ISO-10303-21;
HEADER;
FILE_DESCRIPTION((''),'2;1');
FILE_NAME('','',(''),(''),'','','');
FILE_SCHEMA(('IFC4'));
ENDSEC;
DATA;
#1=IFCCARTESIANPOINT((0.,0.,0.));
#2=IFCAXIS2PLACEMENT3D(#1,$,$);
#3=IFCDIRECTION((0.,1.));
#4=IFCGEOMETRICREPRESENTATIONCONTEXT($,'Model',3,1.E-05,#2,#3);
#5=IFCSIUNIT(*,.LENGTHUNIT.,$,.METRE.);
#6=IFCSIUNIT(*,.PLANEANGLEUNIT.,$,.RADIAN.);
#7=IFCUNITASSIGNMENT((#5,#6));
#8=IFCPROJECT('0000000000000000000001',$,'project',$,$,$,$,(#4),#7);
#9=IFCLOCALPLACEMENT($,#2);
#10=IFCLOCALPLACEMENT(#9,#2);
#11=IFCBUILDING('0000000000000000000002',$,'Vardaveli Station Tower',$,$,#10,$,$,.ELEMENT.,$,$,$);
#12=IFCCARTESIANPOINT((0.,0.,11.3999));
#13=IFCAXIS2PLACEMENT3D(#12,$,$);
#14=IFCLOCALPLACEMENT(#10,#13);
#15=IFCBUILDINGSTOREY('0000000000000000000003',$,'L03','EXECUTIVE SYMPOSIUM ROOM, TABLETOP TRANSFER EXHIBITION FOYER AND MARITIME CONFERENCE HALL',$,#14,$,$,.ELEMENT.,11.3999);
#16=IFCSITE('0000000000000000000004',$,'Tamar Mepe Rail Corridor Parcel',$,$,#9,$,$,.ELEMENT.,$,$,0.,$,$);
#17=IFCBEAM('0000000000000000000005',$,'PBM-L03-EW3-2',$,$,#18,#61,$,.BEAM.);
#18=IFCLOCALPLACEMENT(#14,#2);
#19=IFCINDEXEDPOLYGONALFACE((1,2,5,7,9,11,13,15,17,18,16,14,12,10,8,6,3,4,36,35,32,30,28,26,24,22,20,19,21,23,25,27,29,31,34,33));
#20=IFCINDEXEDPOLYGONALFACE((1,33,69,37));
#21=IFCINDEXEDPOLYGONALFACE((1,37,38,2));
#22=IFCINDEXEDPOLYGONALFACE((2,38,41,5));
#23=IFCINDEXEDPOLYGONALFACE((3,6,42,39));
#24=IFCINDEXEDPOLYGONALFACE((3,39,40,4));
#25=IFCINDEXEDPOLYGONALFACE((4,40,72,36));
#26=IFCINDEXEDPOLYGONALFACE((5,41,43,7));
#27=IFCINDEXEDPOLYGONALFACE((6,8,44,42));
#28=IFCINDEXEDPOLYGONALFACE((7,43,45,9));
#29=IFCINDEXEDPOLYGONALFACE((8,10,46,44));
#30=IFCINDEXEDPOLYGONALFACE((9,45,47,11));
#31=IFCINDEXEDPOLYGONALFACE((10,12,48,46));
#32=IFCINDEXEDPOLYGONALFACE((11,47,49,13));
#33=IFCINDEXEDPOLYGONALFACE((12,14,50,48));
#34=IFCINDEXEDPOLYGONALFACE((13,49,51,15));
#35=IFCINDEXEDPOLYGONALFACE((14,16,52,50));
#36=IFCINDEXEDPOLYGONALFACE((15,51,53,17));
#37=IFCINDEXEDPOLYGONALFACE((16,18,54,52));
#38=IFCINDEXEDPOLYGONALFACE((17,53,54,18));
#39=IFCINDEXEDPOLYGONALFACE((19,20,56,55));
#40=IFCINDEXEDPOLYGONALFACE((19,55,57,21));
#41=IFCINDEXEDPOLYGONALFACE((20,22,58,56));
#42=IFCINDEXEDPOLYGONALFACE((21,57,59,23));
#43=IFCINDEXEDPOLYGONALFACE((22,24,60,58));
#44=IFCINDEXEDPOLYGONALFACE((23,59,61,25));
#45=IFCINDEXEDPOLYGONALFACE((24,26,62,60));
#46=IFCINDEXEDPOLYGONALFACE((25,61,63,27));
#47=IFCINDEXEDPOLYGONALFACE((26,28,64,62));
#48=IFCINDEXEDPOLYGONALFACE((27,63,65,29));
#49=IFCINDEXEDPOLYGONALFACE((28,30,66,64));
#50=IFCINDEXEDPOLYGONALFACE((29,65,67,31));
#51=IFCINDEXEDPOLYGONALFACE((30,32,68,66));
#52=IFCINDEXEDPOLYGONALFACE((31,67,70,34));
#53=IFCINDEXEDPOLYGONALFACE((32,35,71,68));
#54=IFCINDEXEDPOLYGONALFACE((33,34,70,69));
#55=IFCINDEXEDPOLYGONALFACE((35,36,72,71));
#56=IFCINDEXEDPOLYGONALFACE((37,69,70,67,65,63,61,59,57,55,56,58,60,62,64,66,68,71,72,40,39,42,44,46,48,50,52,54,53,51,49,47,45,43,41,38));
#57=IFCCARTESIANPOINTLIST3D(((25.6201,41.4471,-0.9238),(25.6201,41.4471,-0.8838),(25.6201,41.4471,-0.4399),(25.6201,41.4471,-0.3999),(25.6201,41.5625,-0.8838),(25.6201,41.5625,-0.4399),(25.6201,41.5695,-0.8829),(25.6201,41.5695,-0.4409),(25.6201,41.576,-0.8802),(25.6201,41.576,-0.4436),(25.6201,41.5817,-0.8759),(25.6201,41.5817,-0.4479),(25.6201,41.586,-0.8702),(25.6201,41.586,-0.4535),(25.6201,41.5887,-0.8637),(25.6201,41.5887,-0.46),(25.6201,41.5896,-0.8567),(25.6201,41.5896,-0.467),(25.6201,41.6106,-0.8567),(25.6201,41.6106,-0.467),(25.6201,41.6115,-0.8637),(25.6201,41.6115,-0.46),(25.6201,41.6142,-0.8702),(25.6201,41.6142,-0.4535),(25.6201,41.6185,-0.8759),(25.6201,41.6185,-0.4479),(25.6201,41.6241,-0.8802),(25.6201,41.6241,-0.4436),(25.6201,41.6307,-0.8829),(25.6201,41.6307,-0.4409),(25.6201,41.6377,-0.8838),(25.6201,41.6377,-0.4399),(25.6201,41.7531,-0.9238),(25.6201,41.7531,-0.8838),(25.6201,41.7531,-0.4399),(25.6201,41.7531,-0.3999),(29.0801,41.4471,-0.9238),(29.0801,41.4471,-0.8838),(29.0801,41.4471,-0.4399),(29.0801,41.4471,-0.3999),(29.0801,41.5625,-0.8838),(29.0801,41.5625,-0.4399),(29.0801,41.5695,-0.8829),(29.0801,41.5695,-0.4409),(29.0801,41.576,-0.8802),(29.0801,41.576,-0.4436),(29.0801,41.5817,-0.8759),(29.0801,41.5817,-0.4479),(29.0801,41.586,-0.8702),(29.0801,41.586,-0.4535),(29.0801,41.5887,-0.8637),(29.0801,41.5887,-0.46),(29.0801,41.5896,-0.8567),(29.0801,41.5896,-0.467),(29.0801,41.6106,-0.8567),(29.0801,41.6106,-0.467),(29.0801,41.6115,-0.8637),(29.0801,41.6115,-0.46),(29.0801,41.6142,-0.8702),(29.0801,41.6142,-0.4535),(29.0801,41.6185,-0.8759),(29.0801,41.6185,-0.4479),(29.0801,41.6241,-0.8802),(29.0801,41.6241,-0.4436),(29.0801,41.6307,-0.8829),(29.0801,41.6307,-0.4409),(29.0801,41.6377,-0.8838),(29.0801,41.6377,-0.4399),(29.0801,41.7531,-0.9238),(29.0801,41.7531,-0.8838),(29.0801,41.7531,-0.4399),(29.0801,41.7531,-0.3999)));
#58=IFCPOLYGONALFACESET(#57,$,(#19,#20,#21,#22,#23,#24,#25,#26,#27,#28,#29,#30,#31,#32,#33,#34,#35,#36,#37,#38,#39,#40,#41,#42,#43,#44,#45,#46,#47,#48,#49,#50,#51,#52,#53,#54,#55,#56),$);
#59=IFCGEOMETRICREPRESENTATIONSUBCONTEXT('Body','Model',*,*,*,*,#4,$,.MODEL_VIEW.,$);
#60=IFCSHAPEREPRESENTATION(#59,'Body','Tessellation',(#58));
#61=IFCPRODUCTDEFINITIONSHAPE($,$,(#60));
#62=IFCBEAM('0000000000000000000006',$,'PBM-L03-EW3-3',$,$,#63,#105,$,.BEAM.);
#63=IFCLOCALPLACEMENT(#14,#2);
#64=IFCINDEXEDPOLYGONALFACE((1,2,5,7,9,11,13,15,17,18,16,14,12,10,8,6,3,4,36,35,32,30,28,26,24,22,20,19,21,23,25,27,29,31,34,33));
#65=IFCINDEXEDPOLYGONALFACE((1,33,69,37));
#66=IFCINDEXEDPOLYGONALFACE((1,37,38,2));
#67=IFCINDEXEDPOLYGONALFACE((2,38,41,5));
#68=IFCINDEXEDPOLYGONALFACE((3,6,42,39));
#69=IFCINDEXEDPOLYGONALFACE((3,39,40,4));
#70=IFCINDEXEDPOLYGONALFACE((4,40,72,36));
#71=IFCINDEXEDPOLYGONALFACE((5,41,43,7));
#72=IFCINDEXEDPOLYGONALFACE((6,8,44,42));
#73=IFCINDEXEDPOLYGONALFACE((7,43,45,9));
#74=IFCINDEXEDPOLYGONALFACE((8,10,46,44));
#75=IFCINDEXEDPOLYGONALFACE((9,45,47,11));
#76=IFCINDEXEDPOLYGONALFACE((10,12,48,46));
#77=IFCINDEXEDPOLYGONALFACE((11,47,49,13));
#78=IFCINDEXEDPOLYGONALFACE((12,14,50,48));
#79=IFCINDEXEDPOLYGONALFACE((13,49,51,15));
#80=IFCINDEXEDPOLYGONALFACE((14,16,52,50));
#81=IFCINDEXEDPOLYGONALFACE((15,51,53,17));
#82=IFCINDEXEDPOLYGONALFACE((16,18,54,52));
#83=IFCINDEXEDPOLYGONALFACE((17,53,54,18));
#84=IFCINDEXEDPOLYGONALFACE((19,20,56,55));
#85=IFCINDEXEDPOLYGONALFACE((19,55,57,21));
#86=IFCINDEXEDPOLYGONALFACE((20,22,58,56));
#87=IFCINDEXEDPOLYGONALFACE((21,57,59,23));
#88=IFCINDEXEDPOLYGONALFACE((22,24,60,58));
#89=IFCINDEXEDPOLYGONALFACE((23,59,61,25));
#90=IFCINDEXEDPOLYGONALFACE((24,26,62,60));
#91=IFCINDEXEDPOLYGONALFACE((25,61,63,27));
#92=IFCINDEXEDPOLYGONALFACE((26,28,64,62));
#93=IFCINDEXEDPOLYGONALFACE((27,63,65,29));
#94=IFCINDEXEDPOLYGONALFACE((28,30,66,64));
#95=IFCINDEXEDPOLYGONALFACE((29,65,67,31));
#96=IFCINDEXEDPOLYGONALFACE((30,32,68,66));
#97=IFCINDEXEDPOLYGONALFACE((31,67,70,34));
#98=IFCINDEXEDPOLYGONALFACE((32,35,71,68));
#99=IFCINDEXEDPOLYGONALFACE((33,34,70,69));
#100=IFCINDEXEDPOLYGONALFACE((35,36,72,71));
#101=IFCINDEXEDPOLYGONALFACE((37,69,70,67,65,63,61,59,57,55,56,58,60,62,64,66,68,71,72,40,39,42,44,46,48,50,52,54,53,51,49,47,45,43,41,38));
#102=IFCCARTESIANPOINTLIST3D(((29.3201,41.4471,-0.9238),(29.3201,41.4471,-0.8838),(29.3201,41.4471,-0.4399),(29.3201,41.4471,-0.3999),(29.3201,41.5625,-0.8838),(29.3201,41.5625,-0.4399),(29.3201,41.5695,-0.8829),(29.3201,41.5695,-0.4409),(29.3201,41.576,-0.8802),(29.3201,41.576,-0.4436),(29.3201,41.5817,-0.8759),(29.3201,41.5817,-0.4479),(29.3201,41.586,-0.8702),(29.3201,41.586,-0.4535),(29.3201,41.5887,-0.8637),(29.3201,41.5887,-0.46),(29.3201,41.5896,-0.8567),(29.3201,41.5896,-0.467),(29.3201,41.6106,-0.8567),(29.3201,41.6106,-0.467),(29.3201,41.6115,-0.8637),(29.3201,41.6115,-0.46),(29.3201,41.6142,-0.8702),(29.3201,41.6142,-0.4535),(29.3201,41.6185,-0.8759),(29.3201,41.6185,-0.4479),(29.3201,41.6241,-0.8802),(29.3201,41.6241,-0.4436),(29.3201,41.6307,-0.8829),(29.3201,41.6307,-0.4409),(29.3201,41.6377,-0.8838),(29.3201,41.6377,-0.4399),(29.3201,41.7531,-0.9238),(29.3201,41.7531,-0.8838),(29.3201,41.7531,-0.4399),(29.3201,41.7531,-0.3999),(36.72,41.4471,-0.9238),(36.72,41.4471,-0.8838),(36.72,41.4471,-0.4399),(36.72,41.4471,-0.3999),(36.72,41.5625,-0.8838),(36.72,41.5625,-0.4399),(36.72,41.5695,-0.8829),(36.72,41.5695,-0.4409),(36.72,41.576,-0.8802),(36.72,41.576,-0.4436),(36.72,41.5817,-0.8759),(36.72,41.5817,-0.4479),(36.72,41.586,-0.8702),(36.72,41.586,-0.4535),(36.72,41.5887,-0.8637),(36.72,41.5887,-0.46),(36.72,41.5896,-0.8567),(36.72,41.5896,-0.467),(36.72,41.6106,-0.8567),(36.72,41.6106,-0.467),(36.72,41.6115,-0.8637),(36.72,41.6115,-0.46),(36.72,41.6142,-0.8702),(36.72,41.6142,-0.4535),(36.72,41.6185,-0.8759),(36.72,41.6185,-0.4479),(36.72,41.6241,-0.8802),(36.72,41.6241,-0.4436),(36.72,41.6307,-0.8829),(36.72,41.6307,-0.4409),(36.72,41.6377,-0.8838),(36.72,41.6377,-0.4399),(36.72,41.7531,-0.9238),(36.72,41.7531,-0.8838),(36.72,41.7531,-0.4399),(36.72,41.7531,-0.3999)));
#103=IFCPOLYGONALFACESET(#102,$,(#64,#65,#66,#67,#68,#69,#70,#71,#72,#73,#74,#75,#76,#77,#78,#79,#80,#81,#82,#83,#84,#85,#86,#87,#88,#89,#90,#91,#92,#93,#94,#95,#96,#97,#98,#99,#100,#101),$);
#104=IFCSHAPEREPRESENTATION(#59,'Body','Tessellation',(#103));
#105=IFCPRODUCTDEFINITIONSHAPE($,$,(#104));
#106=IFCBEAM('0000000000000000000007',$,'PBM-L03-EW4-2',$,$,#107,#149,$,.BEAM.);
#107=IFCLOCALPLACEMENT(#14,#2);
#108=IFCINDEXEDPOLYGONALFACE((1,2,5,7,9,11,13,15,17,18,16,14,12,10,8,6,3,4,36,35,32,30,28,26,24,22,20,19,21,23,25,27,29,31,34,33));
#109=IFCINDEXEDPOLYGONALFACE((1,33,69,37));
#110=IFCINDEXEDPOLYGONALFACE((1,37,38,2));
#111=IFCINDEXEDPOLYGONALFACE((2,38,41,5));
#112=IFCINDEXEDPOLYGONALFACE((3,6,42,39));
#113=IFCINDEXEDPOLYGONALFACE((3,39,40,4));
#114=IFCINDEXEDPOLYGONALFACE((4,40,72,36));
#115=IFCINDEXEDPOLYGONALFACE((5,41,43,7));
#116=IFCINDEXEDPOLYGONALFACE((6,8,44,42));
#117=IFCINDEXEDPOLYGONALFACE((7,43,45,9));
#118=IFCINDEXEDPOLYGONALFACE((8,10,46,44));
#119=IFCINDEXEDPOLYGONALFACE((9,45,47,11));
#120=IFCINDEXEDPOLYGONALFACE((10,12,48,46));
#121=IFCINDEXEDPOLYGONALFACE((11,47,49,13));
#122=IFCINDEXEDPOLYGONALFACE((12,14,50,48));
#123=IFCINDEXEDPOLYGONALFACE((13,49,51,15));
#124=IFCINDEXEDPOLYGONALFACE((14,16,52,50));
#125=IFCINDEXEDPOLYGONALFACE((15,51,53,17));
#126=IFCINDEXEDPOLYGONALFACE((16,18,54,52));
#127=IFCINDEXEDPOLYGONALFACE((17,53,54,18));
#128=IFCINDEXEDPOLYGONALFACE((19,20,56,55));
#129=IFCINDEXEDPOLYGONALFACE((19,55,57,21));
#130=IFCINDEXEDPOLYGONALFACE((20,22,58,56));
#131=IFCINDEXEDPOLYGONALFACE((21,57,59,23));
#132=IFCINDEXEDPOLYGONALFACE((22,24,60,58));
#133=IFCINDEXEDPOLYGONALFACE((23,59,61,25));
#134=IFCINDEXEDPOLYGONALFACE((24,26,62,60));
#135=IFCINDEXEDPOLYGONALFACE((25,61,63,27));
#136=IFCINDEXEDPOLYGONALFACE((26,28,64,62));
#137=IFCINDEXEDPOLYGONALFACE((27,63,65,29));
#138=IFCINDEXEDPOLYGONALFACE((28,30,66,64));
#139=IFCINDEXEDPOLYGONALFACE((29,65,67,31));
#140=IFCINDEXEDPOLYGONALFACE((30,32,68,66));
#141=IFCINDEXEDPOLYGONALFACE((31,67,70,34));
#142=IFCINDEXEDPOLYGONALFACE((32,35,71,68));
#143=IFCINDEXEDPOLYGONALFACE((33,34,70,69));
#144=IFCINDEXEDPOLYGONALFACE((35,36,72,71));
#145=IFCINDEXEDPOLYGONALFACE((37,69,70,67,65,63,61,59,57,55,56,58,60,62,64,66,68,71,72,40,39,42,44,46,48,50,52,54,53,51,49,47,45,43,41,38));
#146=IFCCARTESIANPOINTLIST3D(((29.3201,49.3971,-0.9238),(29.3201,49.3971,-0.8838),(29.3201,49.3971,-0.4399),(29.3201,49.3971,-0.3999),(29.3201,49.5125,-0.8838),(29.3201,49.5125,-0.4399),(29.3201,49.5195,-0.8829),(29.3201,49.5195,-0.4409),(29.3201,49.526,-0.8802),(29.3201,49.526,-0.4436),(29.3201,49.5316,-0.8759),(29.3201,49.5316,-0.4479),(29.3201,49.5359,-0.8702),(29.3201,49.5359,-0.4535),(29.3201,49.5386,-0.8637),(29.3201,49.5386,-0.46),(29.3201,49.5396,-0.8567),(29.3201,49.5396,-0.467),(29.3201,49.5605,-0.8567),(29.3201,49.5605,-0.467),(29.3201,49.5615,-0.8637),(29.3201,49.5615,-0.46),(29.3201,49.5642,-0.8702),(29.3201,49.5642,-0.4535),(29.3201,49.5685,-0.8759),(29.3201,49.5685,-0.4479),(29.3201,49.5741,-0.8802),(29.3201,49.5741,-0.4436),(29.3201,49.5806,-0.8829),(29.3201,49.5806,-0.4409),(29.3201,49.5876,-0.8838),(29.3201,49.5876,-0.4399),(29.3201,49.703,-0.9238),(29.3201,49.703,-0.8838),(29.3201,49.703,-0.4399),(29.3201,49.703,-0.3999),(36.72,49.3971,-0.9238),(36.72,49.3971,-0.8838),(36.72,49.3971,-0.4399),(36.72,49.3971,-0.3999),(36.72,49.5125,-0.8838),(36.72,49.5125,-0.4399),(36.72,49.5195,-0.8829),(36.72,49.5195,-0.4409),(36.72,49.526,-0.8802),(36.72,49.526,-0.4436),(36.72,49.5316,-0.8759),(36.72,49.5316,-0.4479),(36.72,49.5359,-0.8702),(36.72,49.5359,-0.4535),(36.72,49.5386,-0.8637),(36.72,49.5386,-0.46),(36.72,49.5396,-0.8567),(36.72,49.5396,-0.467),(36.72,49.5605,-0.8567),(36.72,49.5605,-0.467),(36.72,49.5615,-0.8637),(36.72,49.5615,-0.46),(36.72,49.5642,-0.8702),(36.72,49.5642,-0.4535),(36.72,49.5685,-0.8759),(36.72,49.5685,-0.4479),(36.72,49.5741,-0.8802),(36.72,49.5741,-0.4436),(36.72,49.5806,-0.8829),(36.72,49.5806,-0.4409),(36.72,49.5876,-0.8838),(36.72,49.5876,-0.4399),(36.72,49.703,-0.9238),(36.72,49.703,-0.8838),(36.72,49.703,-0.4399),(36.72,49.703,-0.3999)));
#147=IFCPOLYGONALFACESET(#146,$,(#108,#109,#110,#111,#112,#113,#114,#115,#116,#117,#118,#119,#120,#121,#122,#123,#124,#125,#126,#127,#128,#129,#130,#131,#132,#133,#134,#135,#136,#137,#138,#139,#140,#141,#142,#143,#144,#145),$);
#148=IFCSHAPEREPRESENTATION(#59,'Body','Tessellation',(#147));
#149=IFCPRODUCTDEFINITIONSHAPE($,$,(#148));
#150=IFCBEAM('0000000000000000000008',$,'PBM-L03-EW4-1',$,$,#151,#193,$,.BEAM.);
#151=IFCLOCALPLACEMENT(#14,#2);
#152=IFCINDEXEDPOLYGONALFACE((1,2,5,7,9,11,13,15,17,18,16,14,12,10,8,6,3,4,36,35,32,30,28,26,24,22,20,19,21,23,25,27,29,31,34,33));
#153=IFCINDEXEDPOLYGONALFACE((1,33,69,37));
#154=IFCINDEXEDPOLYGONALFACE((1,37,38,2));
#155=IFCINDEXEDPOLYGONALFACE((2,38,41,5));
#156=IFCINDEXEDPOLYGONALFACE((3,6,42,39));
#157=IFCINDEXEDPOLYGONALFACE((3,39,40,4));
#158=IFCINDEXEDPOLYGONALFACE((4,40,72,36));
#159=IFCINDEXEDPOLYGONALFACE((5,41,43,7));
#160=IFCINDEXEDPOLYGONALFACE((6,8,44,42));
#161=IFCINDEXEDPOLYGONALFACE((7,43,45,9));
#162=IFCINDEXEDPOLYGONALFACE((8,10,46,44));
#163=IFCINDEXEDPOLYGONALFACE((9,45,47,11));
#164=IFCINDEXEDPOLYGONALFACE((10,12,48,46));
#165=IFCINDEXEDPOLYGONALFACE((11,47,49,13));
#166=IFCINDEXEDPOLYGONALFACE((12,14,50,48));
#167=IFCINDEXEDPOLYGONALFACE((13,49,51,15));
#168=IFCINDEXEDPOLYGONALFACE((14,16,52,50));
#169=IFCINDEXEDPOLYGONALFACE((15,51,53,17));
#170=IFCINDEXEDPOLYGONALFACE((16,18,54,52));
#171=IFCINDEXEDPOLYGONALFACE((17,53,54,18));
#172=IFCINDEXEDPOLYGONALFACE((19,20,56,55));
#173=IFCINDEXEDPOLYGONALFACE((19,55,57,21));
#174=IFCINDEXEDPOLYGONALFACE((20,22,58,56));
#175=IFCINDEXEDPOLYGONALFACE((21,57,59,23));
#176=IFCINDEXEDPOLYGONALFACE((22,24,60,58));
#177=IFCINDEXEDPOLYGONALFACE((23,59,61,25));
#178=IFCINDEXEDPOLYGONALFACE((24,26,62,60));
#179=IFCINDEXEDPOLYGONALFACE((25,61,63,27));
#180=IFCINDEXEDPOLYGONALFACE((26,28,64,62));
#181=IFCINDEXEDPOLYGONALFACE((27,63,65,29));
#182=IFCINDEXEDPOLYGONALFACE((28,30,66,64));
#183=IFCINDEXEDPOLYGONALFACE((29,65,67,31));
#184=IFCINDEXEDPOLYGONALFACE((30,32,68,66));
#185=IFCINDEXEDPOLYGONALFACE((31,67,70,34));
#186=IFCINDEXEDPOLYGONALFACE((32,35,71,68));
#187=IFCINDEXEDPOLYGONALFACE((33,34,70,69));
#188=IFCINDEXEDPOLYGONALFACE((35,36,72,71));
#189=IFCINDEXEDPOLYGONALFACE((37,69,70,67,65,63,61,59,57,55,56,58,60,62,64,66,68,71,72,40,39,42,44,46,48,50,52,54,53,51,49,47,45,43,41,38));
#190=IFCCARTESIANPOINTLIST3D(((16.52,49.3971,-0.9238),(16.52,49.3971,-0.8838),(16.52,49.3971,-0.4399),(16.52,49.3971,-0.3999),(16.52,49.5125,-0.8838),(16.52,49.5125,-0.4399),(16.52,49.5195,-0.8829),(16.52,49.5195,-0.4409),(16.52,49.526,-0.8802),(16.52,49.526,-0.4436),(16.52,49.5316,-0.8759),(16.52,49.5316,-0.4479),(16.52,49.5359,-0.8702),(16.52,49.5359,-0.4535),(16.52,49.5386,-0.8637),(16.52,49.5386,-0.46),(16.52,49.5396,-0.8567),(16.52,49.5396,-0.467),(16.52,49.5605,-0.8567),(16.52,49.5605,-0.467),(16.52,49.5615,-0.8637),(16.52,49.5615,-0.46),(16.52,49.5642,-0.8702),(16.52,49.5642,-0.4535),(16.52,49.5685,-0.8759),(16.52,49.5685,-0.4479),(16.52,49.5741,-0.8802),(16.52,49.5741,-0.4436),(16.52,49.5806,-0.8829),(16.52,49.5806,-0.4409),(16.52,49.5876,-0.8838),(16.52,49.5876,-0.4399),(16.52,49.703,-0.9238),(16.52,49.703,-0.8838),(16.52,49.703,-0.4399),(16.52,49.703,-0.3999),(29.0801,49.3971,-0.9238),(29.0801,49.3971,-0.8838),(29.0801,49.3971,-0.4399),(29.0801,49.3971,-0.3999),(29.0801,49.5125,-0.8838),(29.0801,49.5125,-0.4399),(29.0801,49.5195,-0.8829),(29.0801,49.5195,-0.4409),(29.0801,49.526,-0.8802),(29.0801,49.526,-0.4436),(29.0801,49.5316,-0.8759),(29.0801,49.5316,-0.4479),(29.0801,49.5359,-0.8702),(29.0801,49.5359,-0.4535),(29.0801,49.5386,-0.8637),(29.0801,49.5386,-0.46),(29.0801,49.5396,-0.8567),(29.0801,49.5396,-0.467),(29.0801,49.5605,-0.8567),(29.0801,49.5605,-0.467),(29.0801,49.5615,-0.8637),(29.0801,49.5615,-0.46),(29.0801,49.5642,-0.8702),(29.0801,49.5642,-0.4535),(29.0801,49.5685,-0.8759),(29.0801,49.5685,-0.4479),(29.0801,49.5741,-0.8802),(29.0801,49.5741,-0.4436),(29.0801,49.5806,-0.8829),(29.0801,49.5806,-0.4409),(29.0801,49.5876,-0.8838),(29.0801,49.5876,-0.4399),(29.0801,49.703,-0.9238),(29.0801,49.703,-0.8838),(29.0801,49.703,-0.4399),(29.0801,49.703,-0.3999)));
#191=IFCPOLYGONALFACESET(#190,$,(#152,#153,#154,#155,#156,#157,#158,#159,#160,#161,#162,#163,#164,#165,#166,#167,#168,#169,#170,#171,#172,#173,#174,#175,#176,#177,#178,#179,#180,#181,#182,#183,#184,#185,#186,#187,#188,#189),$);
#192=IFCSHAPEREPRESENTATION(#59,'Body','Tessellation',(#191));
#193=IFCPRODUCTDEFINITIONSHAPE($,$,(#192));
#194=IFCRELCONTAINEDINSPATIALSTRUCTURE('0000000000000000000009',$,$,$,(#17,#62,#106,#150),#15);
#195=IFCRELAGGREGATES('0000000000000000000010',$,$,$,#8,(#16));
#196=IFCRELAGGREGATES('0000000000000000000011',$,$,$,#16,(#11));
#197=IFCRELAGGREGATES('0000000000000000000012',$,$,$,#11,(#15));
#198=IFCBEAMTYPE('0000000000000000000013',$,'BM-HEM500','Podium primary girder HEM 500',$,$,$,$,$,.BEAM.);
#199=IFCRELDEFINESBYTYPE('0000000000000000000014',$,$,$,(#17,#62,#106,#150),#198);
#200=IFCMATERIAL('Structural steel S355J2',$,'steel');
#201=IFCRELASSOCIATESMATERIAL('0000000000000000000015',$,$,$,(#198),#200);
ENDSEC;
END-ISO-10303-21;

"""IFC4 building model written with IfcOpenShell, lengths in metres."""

from ifc_helpers import new_model, si_unit, direction, frame, origin, origin_2d, place, context, subcontext, project, spatial, i_section, extrude, source, transform, mapped, material, material_profile, profile_set, type_object, element, save


model = new_model("IFC4")

# Units and contexts
model_context = context("Model", 3, precision=1e-05, world=origin(), true_north=direction((0.0, 1.0)))
body_context = subcontext(model_context, "Body", "Model", "MODEL_VIEW")
ifc_project = project(units=[si_unit("LENGTHUNIT", "METRE"), si_unit("PLANEANGLEUNIT", "RADIAN")], contexts=[model_context])

# Site, building, storey
site_placement = place(None, origin())
site = spatial("IfcSite", under=ifc_project, at=site_placement, Name="Tamar Mepe Rail Corridor Parcel", CompositionType="ELEMENT", RefElevation=0.0)
building_placement = place(site_placement, origin())
building = spatial("IfcBuilding", under=site, at=building_placement, Name="Vardaveli Station Tower", CompositionType="ELEMENT")
storey_placement = place(building_placement, frame((0.0, 0.0, 11.3999)))
storey = spatial("IfcBuildingStorey", under=building, at=storey_placement, Name="L03", Description="EXECUTIVE SYMPOSIUM ROOM, TABLETOP TRANSFER EXHIBITION FOYER AND MARITIME CONFERENCE HALL", CompositionType="ELEMENT", Elevation=11.3999)

# Beams
ifc_material_1 = material(Name="Structural steel S355J2", Category="steel")
ifc_material_profile_1 = material_profile(ifc_material_1, i_section(OverallWidth=0.3059, OverallDepth=0.5239, WebThickness=0.021, FlangeThickness=0.04, FilletRadius=0.0271, at=origin_2d()), Name="HEM 500")
ifc_profile_set_1 = profile_set([ifc_material_profile_1], Name="Structural steel S355J2")
beam_type_1 = type_object("IfcBeamType", Name="BM-HEM500", Description="Podium primary girder HEM 500", PredefinedType="BEAM", material=ifc_profile_set_1)
shared_shape_1 = source(origin(), body_context, "Body", "SweptSolid", [
    extrude(i_section(OverallWidth=0.3059, OverallDepth=0.5239, WebThickness=0.021, FlangeThickness=0.04, FilletRadius=0.0271, at=origin_2d()), origin(), (0.0, 0.0, 1.0), 3.46),
])
beam_1_placement = place(storey_placement, frame((25.6201, 41.6001, -0.6619), z_axis=(1.0, 0.0, 0.0), x_axis=(0.0, 1.0, 0.0)))
element("IfcBeam", 1, at=beam_1_placement, inside=storey, type_object=beam_type_1, Name="PBM-L03-EW3-2", PredefinedType="BEAM", context=body_context, shape_type="MappedRepresentation", body=[
    mapped(shared_shape_1, transform((0.0, 0.0, 0.0), scale=1.0)),
])
shared_shape_2 = source(origin(), body_context, "Body", "SweptSolid", [
    extrude(i_section(OverallWidth=0.3059, OverallDepth=0.5239, WebThickness=0.021, FlangeThickness=0.04, FilletRadius=0.0271, at=origin_2d()), origin(), (0.0, 0.0, 1.0), 7.3999),
])
for number, where, z_axis, x_axis, name in (
    (2, (29.3201, 41.6001, -0.6619), (1.0, 0.0, 0.0), (0.0, 1.0, 0.0), "PBM-L03-EW3-3"),
    (3, (29.3201, 49.55, -0.6619), (1.0, 0.0, 0.0), (0.0, 1.0, 0.0), "PBM-L03-EW4-2"),
):
    element("IfcBeam", number, at=place(storey_placement, frame(where, z_axis=z_axis, x_axis=x_axis)), inside=storey, type_object=beam_type_1, Name=name, PredefinedType="BEAM", context=body_context, shape_type="MappedRepresentation", body=[
        mapped(shared_shape_2, transform((0.0, 0.0, 0.0), scale=1.0)),
    ])
shared_shape_3 = source(origin(), body_context, "Body", "SweptSolid", [
    extrude(i_section(OverallWidth=0.3059, OverallDepth=0.5239, WebThickness=0.021, FlangeThickness=0.04, FilletRadius=0.0271, at=origin_2d()), origin(), (0.0, 0.0, 1.0), 12.5601),
])
beam_2_placement = place(storey_placement, frame((16.52, 49.55, -0.6619), z_axis=(1.0, 0.0, 0.0), x_axis=(0.0, 1.0, 0.0)))
element("IfcBeam", 4, at=beam_2_placement, inside=storey, type_object=beam_type_1, Name="PBM-L03-EW4-1", PredefinedType="BEAM", context=body_context, shape_type="MappedRepresentation", body=[
    mapped(shared_shape_3, transform((0.0, 0.0, 0.0), scale=1.0)),
])

save(model, "model.ifc")
